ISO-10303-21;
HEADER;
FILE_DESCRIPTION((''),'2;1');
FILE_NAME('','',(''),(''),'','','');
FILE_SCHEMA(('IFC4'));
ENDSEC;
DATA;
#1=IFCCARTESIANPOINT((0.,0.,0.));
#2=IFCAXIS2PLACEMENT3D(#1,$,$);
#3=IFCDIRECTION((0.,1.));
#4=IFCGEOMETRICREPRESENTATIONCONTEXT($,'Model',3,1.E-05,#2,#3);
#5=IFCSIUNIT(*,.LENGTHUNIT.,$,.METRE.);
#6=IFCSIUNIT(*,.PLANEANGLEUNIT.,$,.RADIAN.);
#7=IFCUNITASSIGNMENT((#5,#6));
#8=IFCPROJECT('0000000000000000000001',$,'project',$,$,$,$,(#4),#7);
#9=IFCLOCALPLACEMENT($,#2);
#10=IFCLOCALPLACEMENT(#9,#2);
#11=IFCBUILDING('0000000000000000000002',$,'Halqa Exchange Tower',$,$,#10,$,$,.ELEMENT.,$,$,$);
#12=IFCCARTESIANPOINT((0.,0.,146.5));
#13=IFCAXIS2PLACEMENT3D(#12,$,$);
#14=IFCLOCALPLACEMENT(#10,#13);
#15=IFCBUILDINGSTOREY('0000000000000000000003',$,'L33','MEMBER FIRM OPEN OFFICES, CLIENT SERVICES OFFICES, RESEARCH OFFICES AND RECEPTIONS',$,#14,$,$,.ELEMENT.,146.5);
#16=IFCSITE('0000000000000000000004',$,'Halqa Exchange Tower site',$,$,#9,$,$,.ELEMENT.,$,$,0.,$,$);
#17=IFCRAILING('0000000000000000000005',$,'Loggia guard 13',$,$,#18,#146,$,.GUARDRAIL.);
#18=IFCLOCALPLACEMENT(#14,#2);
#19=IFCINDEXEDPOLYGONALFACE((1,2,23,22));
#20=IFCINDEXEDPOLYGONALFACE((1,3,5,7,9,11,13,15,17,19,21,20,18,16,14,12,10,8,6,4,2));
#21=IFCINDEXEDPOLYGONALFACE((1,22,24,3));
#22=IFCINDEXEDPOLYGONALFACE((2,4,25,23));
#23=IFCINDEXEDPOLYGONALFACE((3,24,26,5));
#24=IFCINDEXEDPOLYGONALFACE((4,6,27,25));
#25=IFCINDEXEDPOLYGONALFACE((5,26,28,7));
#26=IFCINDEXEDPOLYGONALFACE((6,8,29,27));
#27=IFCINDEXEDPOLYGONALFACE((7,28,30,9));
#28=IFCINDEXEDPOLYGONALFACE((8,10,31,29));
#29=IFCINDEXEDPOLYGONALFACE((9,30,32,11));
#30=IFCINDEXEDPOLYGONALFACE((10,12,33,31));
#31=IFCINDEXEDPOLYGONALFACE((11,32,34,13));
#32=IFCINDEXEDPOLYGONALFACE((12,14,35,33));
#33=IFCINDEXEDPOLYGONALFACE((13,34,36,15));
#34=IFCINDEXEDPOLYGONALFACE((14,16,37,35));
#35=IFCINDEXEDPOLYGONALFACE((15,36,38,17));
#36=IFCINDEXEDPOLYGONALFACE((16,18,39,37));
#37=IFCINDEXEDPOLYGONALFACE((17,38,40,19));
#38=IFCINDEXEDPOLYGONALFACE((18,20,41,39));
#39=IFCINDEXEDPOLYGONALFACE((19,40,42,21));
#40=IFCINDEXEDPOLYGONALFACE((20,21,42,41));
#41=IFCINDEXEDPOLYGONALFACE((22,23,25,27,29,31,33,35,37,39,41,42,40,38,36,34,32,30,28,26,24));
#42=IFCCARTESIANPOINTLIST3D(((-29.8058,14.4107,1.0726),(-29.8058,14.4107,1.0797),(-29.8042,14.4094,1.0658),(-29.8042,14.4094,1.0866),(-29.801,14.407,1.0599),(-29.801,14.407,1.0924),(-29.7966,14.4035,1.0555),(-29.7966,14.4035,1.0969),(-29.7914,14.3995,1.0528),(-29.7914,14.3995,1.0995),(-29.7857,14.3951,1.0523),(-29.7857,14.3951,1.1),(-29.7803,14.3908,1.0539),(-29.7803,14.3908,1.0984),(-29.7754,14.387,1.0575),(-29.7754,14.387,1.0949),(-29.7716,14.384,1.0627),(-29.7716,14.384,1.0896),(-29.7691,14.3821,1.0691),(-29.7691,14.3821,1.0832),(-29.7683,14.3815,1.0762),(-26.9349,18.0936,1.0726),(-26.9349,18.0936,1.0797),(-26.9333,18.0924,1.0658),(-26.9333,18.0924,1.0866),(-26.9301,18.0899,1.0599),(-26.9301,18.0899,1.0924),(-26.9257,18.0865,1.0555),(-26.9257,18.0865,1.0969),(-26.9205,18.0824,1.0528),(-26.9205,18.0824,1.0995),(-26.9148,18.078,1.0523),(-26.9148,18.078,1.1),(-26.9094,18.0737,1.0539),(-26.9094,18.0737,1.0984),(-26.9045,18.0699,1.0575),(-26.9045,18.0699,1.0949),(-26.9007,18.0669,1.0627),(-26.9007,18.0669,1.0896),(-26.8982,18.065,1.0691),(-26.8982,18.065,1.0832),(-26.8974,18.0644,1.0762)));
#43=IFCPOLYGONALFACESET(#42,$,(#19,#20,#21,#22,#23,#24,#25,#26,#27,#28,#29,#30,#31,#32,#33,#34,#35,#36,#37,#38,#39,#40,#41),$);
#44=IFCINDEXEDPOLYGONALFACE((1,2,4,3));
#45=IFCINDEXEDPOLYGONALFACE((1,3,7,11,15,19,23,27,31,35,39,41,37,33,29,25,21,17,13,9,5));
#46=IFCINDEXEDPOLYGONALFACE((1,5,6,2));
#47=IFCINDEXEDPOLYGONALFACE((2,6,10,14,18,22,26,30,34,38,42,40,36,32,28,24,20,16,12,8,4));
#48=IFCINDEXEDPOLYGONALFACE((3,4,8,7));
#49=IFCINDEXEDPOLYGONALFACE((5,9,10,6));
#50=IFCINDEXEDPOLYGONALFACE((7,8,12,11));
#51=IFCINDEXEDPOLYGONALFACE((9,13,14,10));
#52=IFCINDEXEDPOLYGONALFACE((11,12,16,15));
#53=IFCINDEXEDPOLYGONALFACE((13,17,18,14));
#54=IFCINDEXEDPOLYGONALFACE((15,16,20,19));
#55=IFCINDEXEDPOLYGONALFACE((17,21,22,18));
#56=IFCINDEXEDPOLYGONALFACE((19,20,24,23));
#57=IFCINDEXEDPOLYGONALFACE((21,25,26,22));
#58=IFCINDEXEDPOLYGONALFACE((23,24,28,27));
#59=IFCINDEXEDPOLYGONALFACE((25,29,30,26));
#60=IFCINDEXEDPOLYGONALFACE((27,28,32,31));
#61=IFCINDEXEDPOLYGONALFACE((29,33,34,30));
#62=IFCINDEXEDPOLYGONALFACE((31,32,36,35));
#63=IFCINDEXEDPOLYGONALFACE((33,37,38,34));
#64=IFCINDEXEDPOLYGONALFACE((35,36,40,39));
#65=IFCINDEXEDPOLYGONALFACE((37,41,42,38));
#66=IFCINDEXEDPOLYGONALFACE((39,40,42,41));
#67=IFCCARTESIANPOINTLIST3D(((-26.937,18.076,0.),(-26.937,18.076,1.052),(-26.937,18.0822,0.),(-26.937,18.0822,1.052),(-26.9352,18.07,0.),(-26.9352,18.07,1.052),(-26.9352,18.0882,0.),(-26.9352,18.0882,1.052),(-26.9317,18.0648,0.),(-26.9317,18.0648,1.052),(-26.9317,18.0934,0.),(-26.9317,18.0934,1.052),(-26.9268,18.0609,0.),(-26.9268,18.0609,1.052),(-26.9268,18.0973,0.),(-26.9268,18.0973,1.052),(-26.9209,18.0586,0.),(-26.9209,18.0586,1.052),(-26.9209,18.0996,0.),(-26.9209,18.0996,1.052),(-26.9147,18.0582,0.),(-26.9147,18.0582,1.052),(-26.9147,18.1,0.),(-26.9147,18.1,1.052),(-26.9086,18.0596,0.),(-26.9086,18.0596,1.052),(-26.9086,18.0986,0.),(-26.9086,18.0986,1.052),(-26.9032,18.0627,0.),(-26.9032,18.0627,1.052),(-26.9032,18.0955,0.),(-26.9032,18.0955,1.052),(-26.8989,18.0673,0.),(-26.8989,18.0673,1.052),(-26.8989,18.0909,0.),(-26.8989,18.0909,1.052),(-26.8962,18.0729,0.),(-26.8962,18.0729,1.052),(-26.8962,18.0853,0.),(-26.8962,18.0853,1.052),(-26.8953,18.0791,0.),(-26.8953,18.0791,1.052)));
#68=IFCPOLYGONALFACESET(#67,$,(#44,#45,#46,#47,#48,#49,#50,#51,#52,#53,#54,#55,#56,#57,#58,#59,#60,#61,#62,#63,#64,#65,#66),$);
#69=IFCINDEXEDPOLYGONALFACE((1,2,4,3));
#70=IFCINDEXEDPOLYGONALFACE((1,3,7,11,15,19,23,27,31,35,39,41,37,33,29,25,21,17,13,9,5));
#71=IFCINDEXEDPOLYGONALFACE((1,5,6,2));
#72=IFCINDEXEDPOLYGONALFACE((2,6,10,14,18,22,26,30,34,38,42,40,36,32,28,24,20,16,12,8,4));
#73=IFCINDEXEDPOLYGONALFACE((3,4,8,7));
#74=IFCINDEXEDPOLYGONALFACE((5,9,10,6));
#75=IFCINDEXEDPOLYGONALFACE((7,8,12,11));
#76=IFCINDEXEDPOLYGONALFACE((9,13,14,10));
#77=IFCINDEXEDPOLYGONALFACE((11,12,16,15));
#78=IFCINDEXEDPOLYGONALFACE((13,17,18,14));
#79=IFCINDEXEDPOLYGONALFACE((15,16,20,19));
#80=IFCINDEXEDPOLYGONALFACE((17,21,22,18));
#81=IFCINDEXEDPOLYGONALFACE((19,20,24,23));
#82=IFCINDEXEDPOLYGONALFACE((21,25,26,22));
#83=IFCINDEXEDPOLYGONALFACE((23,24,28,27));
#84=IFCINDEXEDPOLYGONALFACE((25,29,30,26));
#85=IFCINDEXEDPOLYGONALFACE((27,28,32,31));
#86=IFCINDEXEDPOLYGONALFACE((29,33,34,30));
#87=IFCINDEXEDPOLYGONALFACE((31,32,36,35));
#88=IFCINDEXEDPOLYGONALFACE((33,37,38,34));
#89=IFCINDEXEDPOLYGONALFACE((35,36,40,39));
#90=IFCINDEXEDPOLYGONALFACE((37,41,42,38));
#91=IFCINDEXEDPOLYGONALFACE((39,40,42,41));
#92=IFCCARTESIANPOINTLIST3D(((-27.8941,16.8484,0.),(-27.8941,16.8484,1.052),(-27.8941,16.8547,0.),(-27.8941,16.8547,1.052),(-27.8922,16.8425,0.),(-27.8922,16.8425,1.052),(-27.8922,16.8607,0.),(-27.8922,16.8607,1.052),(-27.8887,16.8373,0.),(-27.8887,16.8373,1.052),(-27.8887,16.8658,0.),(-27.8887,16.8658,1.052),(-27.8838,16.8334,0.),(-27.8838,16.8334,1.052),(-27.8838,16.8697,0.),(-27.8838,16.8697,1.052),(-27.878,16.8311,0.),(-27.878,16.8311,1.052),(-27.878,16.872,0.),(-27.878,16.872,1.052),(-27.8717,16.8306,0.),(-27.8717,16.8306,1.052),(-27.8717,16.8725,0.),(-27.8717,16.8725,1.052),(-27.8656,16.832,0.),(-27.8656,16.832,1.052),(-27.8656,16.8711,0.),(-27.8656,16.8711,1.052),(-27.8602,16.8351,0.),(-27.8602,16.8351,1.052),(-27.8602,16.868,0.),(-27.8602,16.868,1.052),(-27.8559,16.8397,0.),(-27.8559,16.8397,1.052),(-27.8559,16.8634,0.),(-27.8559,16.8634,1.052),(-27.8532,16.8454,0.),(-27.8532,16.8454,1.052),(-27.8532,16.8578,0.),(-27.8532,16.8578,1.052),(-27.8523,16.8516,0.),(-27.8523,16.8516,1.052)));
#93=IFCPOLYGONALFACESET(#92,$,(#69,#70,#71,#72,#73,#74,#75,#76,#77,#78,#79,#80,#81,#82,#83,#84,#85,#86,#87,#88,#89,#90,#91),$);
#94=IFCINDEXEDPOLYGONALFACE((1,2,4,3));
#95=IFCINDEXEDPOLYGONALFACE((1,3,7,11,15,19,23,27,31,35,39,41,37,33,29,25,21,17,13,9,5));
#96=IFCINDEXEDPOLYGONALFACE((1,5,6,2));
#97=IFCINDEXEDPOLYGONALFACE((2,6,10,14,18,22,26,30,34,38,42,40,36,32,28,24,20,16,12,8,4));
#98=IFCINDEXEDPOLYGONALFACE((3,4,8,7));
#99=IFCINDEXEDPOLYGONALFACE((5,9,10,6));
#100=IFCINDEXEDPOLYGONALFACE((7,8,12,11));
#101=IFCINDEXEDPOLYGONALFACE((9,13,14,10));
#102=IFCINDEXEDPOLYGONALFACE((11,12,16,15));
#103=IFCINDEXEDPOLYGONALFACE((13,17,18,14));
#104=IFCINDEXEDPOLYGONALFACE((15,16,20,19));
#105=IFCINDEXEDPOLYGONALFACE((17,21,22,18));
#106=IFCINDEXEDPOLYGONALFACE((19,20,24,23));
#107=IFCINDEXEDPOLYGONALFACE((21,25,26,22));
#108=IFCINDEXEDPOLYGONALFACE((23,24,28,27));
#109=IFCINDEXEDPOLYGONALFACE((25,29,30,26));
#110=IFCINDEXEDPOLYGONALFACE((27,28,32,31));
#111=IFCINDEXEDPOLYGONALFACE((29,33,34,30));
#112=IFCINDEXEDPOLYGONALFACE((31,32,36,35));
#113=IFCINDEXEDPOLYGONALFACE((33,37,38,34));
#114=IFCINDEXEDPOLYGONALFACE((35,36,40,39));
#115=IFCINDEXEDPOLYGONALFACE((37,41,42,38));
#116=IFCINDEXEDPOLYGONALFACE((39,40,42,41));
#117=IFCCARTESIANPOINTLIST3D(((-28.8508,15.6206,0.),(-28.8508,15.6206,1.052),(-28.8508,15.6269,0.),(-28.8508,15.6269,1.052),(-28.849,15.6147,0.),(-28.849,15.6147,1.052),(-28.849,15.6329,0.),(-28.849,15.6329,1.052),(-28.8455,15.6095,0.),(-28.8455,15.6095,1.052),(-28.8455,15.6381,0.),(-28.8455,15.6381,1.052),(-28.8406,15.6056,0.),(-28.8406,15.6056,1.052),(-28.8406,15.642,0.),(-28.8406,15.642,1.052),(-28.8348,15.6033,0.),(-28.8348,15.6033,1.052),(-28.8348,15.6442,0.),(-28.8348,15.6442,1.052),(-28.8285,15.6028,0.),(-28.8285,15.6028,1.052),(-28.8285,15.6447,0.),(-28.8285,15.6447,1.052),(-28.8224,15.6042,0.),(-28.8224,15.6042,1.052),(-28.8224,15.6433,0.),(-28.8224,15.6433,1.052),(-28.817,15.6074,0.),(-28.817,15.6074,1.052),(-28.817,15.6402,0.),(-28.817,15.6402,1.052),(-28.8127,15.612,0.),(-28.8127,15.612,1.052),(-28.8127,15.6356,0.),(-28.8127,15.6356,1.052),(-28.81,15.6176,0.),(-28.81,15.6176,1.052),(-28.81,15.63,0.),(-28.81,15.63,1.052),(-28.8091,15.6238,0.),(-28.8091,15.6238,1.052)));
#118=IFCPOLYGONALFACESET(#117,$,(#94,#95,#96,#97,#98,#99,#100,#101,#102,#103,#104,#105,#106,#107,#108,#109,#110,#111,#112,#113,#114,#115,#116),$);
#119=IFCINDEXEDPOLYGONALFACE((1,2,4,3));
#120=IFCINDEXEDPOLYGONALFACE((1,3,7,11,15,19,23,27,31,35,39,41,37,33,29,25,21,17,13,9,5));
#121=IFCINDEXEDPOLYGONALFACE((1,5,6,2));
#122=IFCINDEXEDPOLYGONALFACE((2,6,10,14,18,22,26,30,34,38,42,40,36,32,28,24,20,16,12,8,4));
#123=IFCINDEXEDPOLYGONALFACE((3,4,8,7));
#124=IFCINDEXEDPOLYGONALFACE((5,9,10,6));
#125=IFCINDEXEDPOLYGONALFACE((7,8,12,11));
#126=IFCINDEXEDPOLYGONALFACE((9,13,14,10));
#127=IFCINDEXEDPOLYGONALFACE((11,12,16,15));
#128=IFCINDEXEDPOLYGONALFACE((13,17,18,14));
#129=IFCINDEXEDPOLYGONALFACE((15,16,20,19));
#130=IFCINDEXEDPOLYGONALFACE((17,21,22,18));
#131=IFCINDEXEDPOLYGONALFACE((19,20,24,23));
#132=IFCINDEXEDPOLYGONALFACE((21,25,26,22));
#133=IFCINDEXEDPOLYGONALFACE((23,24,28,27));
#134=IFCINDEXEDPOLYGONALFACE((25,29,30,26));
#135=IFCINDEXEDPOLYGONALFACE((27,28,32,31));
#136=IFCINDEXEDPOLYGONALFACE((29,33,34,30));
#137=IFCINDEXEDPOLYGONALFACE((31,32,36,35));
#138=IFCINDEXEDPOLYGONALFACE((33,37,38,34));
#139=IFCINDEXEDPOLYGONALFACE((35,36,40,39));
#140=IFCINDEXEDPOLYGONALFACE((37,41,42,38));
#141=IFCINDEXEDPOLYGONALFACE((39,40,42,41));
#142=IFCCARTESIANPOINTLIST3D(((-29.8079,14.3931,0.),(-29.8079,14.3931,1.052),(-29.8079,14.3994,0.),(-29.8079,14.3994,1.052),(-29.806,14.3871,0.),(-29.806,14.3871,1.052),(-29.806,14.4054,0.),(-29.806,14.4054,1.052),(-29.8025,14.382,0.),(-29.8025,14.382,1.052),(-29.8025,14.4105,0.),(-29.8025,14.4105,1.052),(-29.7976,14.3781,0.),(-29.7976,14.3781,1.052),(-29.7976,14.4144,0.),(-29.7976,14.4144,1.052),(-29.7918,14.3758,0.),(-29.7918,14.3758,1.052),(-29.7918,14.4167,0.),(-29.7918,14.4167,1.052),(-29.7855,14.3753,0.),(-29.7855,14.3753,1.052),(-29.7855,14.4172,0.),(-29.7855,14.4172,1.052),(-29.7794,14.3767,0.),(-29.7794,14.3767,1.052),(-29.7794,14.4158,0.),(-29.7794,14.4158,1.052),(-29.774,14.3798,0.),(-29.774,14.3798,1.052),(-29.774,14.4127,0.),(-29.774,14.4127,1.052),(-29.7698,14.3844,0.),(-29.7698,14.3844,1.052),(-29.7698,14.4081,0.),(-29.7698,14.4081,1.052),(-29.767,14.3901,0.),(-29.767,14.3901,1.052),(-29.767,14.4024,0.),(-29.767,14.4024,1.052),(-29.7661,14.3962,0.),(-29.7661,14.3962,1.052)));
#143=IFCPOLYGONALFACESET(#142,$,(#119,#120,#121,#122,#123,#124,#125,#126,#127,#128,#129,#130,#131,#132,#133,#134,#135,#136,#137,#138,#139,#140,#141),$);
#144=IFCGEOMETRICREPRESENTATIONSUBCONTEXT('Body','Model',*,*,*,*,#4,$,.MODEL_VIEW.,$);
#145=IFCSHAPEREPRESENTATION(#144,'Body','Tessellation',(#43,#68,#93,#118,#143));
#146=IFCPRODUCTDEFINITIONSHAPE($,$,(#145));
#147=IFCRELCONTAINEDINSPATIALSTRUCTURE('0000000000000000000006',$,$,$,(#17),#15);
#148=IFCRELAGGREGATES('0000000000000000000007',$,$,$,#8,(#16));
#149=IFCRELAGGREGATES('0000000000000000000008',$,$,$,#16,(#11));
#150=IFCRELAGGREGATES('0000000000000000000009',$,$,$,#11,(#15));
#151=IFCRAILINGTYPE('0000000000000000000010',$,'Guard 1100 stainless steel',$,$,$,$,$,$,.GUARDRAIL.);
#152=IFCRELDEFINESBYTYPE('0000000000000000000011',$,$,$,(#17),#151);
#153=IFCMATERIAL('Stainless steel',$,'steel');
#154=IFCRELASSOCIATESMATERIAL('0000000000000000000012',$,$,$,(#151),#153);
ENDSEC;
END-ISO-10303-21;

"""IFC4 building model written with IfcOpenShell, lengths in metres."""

from ifc_helpers import new_model, si_unit, direction, frame, origin, origin_2d, place, context, subcontext, project, spatial, circle, extrude, material, type_object, element, save


model = new_model("IFC4")

# Units and contexts
model_context = context("Model", 3, precision=1e-05, world=origin(), true_north=direction((0.0, 1.0)))
body_context = subcontext(model_context, "Body", "Model", "MODEL_VIEW")
ifc_project = project(units=[si_unit("LENGTHUNIT", "METRE"), si_unit("PLANEANGLEUNIT", "RADIAN")], contexts=[model_context])

# Site, building, storey
site_placement = place(None, origin())
site = spatial("IfcSite", under=ifc_project, at=site_placement, Name="Halqa Exchange Tower site", CompositionType="ELEMENT", RefElevation=0.0)
building_placement = place(site_placement, origin())
building = spatial("IfcBuilding", under=site, at=building_placement, Name="Halqa Exchange Tower", CompositionType="ELEMENT")
storey_placement = place(building_placement, frame((0.0, 0.0, 146.5)))
storey = spatial("IfcBuildingStorey", under=building, at=storey_placement, Name="L33", Description="MEMBER FIRM OPEN OFFICES, CLIENT SERVICES OFFICES, RESEARCH OFFICES AND RECEPTIONS", CompositionType="ELEMENT", Elevation=146.5)

# Railing
ifc_material_1 = material(Name="Stainless steel", Category="steel")
railing_type = type_object("IfcRailingType", Name="Guard 1100 stainless steel", PredefinedType="GUARDRAIL", material=ifc_material_1)
railing_1_placement = place(storey_placement, frame((-26.9163, 18.0791, 0.0)))
element("IfcRailing", 1, at=railing_1_placement, inside=storey, type_object=railing_type, Name="Loggia guard 13", PredefinedType="GUARDRAIL", context=body_context, shape_type="SweptSolid", body=[
    extrude(circle(Radius=0.0239, at=origin_2d()), frame((0.0, 0.0, 1.0762), z_axis=(-0.614794, -0.788687, 0.0), x_axis=(0.788687, -0.614794, 0.0)), (0.0, 0.0, 1.0), 4.6697),
    extrude(circle(Radius=0.021, at=origin_2d()), origin(), (0.0, 0.0, 1.0), 1.052),
    extrude(circle(Radius=0.021, at=origin_2d()), frame((-0.957, -1.2275, 0.0)), (0.0, 0.0, 1.0), 1.052),
    extrude(circle(Radius=0.021, at=origin_2d()), frame((-1.9138, -2.4553, 0.0)), (0.0, 0.0, 1.0), 1.052),
    extrude(circle(Radius=0.021, at=origin_2d()), frame((-2.8708, -3.6829, 0.0)), (0.0, 0.0, 1.0), 1.052),
])

save(model, "model.ifc")
